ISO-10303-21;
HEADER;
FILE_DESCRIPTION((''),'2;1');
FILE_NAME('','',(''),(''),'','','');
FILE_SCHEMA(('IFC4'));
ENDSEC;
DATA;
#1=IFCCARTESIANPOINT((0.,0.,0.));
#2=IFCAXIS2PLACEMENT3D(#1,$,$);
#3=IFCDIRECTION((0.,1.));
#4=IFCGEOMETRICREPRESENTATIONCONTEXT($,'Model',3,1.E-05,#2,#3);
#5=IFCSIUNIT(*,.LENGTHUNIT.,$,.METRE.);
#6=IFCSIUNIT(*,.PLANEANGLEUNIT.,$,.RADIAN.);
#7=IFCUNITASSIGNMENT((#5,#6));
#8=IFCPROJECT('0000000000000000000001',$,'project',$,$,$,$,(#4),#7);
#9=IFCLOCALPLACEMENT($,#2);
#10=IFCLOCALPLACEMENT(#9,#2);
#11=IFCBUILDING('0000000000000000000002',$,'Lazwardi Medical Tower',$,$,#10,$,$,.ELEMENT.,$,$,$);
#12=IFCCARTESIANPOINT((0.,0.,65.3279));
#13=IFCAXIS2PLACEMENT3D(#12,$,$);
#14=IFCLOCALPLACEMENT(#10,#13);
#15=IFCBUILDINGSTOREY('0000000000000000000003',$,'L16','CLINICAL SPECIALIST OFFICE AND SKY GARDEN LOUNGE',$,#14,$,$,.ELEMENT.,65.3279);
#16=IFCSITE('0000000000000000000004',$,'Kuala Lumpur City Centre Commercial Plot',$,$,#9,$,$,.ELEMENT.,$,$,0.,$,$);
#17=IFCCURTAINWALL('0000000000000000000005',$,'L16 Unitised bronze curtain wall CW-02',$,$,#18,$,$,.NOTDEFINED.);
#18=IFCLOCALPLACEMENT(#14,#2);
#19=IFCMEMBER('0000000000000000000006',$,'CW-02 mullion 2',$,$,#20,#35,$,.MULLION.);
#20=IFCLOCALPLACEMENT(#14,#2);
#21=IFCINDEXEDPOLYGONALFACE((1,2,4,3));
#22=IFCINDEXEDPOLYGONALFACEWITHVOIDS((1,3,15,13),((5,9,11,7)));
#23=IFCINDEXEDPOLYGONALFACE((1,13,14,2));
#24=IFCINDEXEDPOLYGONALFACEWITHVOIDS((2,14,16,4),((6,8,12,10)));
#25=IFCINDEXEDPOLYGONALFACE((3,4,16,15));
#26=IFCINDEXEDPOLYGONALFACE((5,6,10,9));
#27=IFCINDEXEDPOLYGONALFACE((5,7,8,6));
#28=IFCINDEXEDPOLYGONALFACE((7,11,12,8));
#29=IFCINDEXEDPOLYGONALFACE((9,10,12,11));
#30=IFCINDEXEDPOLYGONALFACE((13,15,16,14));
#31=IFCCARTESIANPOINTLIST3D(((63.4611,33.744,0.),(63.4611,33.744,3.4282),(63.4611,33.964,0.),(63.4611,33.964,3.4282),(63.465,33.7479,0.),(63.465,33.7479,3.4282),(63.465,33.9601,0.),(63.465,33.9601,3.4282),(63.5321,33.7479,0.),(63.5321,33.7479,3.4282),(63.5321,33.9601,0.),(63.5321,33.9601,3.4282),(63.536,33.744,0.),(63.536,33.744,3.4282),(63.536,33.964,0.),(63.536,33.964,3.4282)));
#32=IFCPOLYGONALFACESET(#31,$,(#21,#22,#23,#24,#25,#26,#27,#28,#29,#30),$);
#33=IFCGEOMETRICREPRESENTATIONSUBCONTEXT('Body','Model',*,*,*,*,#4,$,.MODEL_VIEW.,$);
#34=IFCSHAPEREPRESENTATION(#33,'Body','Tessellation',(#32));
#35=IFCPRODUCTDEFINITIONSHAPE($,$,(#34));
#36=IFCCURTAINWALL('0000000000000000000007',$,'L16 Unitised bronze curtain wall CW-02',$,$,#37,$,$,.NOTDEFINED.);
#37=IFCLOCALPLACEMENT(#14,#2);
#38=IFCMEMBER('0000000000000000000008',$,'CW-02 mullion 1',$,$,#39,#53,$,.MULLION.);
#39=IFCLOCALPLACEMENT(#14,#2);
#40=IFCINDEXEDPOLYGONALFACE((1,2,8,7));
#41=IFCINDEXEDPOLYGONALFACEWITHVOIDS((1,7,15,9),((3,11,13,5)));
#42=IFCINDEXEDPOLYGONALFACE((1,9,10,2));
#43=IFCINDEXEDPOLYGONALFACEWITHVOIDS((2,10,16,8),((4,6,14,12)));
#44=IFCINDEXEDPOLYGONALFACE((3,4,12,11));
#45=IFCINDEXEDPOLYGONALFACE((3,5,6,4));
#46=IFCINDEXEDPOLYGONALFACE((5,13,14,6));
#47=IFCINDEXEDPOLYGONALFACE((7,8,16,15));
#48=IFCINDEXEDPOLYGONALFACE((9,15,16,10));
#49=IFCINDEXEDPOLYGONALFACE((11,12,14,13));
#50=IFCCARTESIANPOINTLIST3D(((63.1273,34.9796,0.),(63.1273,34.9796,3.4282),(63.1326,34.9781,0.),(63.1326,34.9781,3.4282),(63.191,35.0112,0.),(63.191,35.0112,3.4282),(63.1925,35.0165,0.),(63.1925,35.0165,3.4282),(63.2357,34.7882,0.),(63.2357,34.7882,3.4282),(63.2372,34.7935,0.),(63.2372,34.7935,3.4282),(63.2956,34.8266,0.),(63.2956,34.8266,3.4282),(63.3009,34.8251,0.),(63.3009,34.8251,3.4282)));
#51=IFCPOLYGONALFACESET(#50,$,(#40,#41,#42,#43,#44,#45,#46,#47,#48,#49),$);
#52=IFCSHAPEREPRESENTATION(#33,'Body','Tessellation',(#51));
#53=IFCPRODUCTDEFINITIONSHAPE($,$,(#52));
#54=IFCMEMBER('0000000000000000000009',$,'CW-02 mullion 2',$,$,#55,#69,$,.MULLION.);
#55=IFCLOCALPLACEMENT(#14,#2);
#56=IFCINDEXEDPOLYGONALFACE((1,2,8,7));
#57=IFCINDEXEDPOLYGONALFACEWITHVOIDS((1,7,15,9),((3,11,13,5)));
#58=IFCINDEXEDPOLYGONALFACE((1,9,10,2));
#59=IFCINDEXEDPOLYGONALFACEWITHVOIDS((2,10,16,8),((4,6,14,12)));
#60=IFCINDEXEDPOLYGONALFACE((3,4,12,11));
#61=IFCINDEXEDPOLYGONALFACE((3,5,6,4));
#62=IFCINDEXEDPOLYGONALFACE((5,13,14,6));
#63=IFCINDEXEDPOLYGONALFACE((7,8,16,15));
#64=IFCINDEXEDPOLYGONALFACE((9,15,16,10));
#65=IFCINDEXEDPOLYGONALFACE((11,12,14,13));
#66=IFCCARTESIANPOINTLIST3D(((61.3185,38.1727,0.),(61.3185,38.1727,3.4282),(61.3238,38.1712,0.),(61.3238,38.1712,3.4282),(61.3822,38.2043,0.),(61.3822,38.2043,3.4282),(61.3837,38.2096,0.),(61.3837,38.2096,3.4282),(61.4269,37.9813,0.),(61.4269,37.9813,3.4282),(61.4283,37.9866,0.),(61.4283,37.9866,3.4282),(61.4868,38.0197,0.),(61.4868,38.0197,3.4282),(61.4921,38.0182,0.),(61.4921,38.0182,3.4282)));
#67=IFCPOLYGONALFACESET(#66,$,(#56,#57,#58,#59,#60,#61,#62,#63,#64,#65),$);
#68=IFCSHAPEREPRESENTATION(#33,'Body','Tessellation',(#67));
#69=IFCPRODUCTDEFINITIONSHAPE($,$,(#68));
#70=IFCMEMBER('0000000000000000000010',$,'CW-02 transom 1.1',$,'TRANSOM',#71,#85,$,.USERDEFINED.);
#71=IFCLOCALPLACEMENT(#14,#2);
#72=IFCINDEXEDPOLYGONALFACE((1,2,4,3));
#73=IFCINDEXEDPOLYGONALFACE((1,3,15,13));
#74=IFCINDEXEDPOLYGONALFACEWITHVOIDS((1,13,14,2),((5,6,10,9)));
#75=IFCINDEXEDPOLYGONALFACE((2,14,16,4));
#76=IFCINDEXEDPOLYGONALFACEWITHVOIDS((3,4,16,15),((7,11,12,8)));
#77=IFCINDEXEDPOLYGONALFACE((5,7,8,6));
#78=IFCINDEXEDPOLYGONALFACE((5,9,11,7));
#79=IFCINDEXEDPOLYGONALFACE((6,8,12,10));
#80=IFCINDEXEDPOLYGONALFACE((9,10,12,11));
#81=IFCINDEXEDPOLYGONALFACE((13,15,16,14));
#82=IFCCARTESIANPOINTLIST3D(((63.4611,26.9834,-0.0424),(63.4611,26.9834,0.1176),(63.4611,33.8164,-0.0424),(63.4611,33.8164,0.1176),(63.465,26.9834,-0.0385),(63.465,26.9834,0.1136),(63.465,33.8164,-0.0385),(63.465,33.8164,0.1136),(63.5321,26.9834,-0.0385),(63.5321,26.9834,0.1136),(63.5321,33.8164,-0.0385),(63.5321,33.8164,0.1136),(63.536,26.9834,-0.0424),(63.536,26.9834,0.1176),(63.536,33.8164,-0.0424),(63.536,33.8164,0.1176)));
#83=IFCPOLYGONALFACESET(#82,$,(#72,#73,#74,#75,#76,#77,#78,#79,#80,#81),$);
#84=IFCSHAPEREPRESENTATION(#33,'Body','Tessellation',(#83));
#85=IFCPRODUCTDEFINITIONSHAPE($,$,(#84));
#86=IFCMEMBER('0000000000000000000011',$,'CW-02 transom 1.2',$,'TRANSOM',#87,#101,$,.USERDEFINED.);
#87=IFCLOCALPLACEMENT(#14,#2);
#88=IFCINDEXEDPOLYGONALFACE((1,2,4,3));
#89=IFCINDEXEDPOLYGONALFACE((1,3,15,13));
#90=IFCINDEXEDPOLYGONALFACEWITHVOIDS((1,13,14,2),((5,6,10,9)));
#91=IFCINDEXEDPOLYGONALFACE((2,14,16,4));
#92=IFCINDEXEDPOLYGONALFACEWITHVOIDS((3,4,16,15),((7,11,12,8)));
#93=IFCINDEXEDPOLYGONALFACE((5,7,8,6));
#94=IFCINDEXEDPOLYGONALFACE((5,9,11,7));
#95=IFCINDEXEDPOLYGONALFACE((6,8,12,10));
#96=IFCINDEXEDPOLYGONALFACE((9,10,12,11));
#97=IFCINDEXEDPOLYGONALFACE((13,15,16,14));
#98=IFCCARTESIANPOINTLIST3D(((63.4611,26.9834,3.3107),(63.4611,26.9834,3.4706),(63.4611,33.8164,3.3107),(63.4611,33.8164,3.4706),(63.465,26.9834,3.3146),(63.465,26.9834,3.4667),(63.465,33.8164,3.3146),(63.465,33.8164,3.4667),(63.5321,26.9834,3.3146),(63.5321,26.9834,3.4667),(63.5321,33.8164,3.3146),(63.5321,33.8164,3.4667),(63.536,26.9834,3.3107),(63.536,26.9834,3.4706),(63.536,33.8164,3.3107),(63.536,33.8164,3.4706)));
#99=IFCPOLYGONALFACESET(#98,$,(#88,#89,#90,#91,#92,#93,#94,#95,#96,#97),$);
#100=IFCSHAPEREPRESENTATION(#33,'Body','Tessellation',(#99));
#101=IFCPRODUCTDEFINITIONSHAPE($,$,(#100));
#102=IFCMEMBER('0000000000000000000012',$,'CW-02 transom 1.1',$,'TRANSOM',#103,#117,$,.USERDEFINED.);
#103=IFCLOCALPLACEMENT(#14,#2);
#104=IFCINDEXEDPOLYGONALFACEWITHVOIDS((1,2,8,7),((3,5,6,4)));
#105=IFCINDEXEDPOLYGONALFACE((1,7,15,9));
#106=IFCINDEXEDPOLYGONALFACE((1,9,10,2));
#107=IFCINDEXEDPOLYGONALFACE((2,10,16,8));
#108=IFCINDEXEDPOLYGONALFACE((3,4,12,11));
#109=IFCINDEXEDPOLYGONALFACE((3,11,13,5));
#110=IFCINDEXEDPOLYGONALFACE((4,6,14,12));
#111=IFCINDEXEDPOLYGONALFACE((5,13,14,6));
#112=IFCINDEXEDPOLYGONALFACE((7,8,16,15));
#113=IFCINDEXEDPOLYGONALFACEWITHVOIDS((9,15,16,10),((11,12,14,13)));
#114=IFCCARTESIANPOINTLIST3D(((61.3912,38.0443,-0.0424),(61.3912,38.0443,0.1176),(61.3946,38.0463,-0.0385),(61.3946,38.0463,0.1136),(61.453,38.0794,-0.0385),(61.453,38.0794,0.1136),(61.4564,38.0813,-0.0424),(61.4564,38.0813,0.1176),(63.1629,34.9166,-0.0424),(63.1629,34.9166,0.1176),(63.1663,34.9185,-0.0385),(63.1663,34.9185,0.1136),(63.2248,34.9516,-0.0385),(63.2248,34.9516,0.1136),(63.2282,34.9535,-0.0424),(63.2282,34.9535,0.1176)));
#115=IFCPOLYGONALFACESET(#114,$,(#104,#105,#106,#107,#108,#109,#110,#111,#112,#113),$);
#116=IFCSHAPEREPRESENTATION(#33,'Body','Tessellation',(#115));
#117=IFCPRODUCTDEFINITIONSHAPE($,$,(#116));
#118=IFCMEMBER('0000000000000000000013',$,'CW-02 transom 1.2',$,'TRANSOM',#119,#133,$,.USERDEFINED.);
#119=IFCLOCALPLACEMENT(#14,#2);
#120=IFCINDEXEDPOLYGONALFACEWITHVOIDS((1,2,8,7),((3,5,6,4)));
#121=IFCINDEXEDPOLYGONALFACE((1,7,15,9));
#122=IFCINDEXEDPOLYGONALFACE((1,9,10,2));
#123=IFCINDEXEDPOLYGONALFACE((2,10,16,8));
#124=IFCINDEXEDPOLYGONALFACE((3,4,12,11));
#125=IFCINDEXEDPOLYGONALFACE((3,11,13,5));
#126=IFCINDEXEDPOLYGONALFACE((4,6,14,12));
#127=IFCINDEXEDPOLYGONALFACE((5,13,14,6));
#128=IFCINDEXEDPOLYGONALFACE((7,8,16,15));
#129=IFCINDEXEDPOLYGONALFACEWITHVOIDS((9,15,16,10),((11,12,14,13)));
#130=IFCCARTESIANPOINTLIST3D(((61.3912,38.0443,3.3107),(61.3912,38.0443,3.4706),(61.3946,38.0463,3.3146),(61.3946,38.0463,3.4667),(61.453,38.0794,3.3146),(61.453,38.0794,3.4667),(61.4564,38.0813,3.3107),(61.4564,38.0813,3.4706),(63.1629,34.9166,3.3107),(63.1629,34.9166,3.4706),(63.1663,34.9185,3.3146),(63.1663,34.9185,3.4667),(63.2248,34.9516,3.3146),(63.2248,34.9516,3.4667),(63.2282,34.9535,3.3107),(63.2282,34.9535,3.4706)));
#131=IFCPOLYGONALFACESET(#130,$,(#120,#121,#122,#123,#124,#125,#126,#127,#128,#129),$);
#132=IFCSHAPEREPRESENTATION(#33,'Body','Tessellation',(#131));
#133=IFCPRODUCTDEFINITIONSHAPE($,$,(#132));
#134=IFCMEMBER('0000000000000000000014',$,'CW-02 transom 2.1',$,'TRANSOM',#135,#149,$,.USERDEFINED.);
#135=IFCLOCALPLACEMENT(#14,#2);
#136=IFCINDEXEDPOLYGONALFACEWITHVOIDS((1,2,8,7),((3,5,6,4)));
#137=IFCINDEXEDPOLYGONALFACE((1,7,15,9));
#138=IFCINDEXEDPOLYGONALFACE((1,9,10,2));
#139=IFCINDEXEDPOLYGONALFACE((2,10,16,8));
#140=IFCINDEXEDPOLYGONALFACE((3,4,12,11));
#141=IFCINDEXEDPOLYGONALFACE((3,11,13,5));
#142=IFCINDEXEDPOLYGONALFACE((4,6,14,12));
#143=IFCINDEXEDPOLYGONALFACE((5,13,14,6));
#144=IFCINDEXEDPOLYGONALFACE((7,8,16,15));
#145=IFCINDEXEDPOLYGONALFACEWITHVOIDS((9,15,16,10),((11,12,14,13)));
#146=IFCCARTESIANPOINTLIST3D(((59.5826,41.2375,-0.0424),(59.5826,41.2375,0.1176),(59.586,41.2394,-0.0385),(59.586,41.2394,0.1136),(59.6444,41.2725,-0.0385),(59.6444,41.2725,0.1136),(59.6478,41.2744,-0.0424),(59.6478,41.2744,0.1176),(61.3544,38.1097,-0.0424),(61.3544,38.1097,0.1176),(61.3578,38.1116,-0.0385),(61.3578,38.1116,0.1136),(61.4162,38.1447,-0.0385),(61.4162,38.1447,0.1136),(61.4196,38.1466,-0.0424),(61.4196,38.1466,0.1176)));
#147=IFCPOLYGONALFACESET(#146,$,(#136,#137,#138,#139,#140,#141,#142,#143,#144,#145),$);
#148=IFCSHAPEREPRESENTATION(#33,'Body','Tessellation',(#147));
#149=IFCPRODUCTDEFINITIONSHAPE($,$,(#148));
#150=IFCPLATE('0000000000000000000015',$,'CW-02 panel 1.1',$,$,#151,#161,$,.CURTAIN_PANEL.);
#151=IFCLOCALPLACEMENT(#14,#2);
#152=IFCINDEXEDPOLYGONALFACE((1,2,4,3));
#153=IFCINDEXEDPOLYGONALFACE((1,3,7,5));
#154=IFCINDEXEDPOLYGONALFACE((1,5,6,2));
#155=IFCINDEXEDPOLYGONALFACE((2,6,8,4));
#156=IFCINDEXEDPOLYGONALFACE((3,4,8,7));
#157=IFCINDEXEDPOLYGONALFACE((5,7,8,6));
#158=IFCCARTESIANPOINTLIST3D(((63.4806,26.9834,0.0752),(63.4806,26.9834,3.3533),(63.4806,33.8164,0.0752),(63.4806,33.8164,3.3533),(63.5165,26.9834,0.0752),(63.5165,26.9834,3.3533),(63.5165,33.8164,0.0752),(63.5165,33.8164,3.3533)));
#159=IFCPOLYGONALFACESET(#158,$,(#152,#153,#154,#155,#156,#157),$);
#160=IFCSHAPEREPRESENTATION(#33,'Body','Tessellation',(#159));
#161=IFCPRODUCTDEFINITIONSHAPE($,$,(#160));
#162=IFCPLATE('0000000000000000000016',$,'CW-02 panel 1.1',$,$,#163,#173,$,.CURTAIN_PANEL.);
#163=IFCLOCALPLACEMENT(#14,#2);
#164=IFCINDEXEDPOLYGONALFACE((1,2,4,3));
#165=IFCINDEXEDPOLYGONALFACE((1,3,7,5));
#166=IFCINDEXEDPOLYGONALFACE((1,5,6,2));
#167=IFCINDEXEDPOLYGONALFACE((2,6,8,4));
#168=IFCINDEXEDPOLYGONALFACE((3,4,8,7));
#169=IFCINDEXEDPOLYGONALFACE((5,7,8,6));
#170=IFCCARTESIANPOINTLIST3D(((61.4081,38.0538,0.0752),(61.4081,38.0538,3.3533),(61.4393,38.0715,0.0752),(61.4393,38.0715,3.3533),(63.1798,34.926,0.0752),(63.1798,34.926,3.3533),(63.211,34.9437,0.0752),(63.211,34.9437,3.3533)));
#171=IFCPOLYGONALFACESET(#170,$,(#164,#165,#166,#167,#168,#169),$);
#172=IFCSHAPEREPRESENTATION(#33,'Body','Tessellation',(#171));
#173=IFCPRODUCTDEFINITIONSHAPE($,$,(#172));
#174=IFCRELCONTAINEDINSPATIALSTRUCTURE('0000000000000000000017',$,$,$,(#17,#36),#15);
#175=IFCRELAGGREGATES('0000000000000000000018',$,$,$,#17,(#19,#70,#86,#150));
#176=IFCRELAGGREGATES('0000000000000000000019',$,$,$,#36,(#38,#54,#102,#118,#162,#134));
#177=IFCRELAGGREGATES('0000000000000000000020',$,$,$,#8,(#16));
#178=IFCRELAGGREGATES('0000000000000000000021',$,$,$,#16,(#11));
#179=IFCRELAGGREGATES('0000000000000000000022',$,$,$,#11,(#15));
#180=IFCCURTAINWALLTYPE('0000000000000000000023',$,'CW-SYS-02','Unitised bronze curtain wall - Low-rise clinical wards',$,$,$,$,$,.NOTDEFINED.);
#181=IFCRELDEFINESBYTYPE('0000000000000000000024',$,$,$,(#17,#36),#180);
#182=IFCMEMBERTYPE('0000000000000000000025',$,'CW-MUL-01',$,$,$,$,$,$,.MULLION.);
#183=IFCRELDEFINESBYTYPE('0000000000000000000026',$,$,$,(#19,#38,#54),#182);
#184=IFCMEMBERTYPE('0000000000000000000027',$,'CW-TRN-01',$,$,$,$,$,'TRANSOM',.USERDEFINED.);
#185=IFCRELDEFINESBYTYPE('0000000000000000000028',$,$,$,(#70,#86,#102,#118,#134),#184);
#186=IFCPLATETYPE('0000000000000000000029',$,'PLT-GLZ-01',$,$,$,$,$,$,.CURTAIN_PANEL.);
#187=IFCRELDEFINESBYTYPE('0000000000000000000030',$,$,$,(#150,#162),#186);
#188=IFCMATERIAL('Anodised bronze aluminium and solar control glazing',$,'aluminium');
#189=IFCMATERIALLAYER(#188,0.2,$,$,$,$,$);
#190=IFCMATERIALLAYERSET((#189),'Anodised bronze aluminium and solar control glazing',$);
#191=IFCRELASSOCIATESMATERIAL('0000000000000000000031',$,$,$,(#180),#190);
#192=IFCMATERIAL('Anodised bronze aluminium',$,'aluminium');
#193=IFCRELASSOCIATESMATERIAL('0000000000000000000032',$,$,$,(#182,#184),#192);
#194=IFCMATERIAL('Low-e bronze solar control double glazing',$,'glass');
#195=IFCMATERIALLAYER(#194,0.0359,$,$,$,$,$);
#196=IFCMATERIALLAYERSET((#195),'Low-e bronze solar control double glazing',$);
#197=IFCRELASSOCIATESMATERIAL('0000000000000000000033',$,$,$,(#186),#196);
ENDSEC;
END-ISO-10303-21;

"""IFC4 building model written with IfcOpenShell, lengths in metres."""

from ifc_helpers import new_model, si_unit, direction, frame, origin, origin_2d, place, context, subcontext, project, spatial, rectangle, hollow_rectangle, extrude, material, layer, layer_set, material_profile, profile_set, type_object, element, aggregate, save


model = new_model("IFC4")

# Units and contexts
model_context = context("Model", 3, precision=1e-05, world=origin(), true_north=direction((0.0, 1.0)))
body_context = subcontext(model_context, "Body", "Model", "MODEL_VIEW")
ifc_project = project(units=[si_unit("LENGTHUNIT", "METRE"), si_unit("PLANEANGLEUNIT", "RADIAN")], contexts=[model_context])

# Site, building, storey
site_placement = place(None, origin())
site = spatial("IfcSite", under=ifc_project, at=site_placement, Name="Kuala Lumpur City Centre Commercial Plot", CompositionType="ELEMENT", RefElevation=0.0)
building_placement = place(site_placement, origin())
building = spatial("IfcBuilding", under=site, at=building_placement, Name="Lazwardi Medical Tower", CompositionType="ELEMENT")
storey_placement = place(building_placement, frame((0.0, 0.0, 65.3279)))
storey = spatial("IfcBuildingStorey", under=building, at=storey_placement, Name="L16", Description="CLINICAL SPECIALIST OFFICE AND SKY GARDEN LOUNGE", CompositionType="ELEMENT", Elevation=65.3279)

# Curtain wall, member
ifc_material_1 = material(Name="Anodised bronze aluminium and solar control glazing", Category="aluminium")
ifc_layer_1 = layer(ifc_material_1, 0.2)
ifc_layer_set_1 = layer_set([ifc_layer_1], Name="Anodised bronze aluminium and solar control glazing")
curtain_wall_type = type_object("IfcCurtainWallType", Name="CW-SYS-02", Description="Unitised bronze curtain wall - Low-rise clinical wards", PredefinedType="NOTDEFINED", material=ifc_layer_set_1)
curtain_wall_1_placement = place(storey_placement, origin())
curtain_wall_1 = element("IfcCurtainWall", 1, at=curtain_wall_1_placement, inside=storey, type_object=curtain_wall_type, Name="L16 Unitised bronze curtain wall CW-02", PredefinedType="NOTDEFINED")
ifc_material_2 = material(Name="Anodised bronze aluminium", Category="aluminium")
ifc_material_profile_1 = material_profile(ifc_material_2, hollow_rectangle(XDim=0.075, YDim=0.22, WallThickness=0.0039, at=origin_2d()), Name="ALU-MULLION 220x75x4")
ifc_profile_set_1 = profile_set([ifc_material_profile_1], Name="Anodised bronze aluminium")
member_type_1 = type_object("IfcMemberType", Name="CW-MUL-01", PredefinedType="MULLION", material=ifc_profile_set_1)
member_1_placement = place(storey_placement, frame((63.4985, 33.854, 0.0), z_axis=(0.0, 0.0, 1.0), x_axis=(-1.0, 0.0, 0.0)))
member_1 = element("IfcMember", 2, at=member_1_placement, type_object=member_type_1, Name="CW-02 mullion 2", PredefinedType="MULLION", context=body_context, shape_type="SweptSolid", body=[
    extrude(hollow_rectangle(XDim=0.075, YDim=0.22, WallThickness=0.0039, at=origin_2d()), origin(), (0.0, 0.0, 1.0), 3.4282),
])

# Curtain wall, members
curtain_wall_2_placement = place(storey_placement, origin())
curtain_wall_2 = element("IfcCurtainWall", 3, at=curtain_wall_2_placement, inside=storey, type_object=curtain_wall_type, Name="L16 Unitised bronze curtain wall CW-02", PredefinedType="NOTDEFINED")
member_2_placement = place(storey_placement, frame((63.2141, 34.9023, 0.0), z_axis=(0.0, 0.0, 1.0), x_axis=(-0.870112, -0.492854, 0.0)))
member_2 = element("IfcMember", 4, at=member_2_placement, type_object=member_type_1, Name="CW-02 mullion 1", PredefinedType="MULLION", context=body_context, shape_type="SweptSolid", body=[
    extrude(hollow_rectangle(XDim=0.075, YDim=0.22, WallThickness=0.0039, at=origin_2d()), origin(), (0.0, 0.0, 1.0), 3.4282),
])
member_3_placement = place(storey_placement, frame((61.4053, 38.0955, 0.0), z_axis=(0.0, 0.0, 1.0), x_axis=(-0.870112, -0.492854, 0.0)))
member_3 = element("IfcMember", 5, at=member_3_placement, type_object=member_type_1, Name="CW-02 mullion 2", PredefinedType="MULLION", context=body_context, shape_type="SweptSolid", body=[
    extrude(hollow_rectangle(XDim=0.075, YDim=0.22, WallThickness=0.0039, at=origin_2d()), origin(), (0.0, 0.0, 1.0), 3.4282),
])

# Members
ifc_material_profile_2 = material_profile(ifc_material_2, hollow_rectangle(XDim=0.075, YDim=0.1599, WallThickness=0.0039, at=origin_2d()), Name="ALU-TRANSOM 160x75x4")
ifc_profile_set_2 = profile_set([ifc_material_profile_2], Name="Anodised bronze aluminium")
member_type_2 = type_object("IfcMemberType", Name="CW-TRN-01", ElementType="TRANSOM", PredefinedType="USERDEFINED", material=ifc_profile_set_2)
member_4_placement = place(storey_placement, frame((63.4985, 26.9834, 0.0376), z_axis=(0.0, 1.0, 0.0), x_axis=(-1.0, 0.0, 0.0)))
member_4 = element("IfcMember", 6, at=member_4_placement, type_object=member_type_2, Name="CW-02 transom 1.1", ObjectType="TRANSOM", PredefinedType="USERDEFINED", context=body_context, shape_type="SweptSolid", body=[
    extrude(hollow_rectangle(XDim=0.075, YDim=0.1599, WallThickness=0.0039, at=origin_2d()), origin(), (0.0, 0.0, 1.0), 6.833),
])
member_5_placement = place(storey_placement, frame((63.4985, 26.9834, 3.3906), z_axis=(0.0, 1.0, 0.0), x_axis=(-1.0, 0.0, 0.0)))
member_5 = element("IfcMember", 7, at=member_5_placement, type_object=member_type_2, Name="CW-02 transom 1.2", ObjectType="TRANSOM", PredefinedType="USERDEFINED", context=body_context, shape_type="SweptSolid", body=[
    extrude(hollow_rectangle(XDim=0.075, YDim=0.1599, WallThickness=0.0039, at=origin_2d()), origin(), (0.0, 0.0, 1.0), 6.833),
])
member_6_placement = place(storey_placement, frame((63.1956, 34.9351, 0.0376), z_axis=(-0.492881, 0.870097, 0.0), x_axis=(-0.870097, -0.492881, 0.0)))
member_6 = element("IfcMember", 8, at=member_6_placement, type_object=member_type_2, Name="CW-02 transom 1.1", ObjectType="TRANSOM", PredefinedType="USERDEFINED", context=body_context, shape_type="SweptSolid", body=[
    extrude(hollow_rectangle(XDim=0.075, YDim=0.1599, WallThickness=0.0039, at=origin_2d()), origin(), (0.0, 0.0, 1.0), 3.5947),
])
member_7_placement = place(storey_placement, frame((63.1956, 34.9351, 3.3906), z_axis=(-0.492881, 0.870097, 0.0), x_axis=(-0.870097, -0.492881, 0.0)))
member_7 = element("IfcMember", 9, at=member_7_placement, type_object=member_type_2, Name="CW-02 transom 1.2", ObjectType="TRANSOM", PredefinedType="USERDEFINED", context=body_context, shape_type="SweptSolid", body=[
    extrude(hollow_rectangle(XDim=0.075, YDim=0.1599, WallThickness=0.0039, at=origin_2d()), origin(), (0.0, 0.0, 1.0), 3.5947),
])
member_8_placement = place(storey_placement, frame((61.387, 38.1282, 0.0376), z_axis=(-0.492881, 0.870097, 0.0), x_axis=(-0.870097, -0.492881, 0.0)))
member_8 = element("IfcMember", 10, at=member_8_placement, type_object=member_type_2, Name="CW-02 transom 2.1", ObjectType="TRANSOM", PredefinedType="USERDEFINED", context=body_context, shape_type="SweptSolid", body=[
    extrude(hollow_rectangle(XDim=0.075, YDim=0.1599, WallThickness=0.0039, at=origin_2d()), origin(), (0.0, 0.0, 1.0), 3.5947),
])

# Plates
ifc_material_3 = material(Name="Low-e bronze solar control double glazing", Category="glass")
ifc_layer_2 = layer(ifc_material_3, 0.0359)
ifc_layer_set_2 = layer_set([ifc_layer_2], Name="Low-e bronze solar control double glazing")
plate_type = type_object("IfcPlateType", Name="PLT-GLZ-01", PredefinedType="CURTAIN_PANEL", material=ifc_layer_set_2)
plate_1_placement = place(storey_placement, frame((63.4985, 30.3999, 0.0752), z_axis=(0.0, 0.0, 1.0), x_axis=(0.0, 1.0, 0.0)))
plate_1 = element("IfcPlate", 11, at=plate_1_placement, type_object=plate_type, Name="CW-02 panel 1.1", PredefinedType="CURTAIN_PANEL", context=body_context, shape_type="SweptSolid", body=[
    extrude(rectangle(XDim=6.833, YDim=0.0359, at=origin_2d()), origin(), (0.0, 0.0, 1.0), 3.2781),
])
aggregate(curtain_wall_1, [member_1, member_4, member_5, plate_1])
plate_2_placement = place(storey_placement, frame((62.3096, 36.4988, 0.0752), z_axis=(0.0, 0.0, 1.0), x_axis=(-0.492854, 0.870112, 0.0)))
plate_2 = element("IfcPlate", 12, at=plate_2_placement, type_object=plate_type, Name="CW-02 panel 1.1", PredefinedType="CURTAIN_PANEL", context=body_context, shape_type="SweptSolid", body=[
    extrude(rectangle(XDim=3.5947, YDim=0.0359, at=origin_2d()), origin(), (0.0, 0.0, 1.0), 3.2781),
])
aggregate(curtain_wall_2, [member_2, member_3, member_6, member_7, plate_2, member_8])

save(model, "model.ifc")
